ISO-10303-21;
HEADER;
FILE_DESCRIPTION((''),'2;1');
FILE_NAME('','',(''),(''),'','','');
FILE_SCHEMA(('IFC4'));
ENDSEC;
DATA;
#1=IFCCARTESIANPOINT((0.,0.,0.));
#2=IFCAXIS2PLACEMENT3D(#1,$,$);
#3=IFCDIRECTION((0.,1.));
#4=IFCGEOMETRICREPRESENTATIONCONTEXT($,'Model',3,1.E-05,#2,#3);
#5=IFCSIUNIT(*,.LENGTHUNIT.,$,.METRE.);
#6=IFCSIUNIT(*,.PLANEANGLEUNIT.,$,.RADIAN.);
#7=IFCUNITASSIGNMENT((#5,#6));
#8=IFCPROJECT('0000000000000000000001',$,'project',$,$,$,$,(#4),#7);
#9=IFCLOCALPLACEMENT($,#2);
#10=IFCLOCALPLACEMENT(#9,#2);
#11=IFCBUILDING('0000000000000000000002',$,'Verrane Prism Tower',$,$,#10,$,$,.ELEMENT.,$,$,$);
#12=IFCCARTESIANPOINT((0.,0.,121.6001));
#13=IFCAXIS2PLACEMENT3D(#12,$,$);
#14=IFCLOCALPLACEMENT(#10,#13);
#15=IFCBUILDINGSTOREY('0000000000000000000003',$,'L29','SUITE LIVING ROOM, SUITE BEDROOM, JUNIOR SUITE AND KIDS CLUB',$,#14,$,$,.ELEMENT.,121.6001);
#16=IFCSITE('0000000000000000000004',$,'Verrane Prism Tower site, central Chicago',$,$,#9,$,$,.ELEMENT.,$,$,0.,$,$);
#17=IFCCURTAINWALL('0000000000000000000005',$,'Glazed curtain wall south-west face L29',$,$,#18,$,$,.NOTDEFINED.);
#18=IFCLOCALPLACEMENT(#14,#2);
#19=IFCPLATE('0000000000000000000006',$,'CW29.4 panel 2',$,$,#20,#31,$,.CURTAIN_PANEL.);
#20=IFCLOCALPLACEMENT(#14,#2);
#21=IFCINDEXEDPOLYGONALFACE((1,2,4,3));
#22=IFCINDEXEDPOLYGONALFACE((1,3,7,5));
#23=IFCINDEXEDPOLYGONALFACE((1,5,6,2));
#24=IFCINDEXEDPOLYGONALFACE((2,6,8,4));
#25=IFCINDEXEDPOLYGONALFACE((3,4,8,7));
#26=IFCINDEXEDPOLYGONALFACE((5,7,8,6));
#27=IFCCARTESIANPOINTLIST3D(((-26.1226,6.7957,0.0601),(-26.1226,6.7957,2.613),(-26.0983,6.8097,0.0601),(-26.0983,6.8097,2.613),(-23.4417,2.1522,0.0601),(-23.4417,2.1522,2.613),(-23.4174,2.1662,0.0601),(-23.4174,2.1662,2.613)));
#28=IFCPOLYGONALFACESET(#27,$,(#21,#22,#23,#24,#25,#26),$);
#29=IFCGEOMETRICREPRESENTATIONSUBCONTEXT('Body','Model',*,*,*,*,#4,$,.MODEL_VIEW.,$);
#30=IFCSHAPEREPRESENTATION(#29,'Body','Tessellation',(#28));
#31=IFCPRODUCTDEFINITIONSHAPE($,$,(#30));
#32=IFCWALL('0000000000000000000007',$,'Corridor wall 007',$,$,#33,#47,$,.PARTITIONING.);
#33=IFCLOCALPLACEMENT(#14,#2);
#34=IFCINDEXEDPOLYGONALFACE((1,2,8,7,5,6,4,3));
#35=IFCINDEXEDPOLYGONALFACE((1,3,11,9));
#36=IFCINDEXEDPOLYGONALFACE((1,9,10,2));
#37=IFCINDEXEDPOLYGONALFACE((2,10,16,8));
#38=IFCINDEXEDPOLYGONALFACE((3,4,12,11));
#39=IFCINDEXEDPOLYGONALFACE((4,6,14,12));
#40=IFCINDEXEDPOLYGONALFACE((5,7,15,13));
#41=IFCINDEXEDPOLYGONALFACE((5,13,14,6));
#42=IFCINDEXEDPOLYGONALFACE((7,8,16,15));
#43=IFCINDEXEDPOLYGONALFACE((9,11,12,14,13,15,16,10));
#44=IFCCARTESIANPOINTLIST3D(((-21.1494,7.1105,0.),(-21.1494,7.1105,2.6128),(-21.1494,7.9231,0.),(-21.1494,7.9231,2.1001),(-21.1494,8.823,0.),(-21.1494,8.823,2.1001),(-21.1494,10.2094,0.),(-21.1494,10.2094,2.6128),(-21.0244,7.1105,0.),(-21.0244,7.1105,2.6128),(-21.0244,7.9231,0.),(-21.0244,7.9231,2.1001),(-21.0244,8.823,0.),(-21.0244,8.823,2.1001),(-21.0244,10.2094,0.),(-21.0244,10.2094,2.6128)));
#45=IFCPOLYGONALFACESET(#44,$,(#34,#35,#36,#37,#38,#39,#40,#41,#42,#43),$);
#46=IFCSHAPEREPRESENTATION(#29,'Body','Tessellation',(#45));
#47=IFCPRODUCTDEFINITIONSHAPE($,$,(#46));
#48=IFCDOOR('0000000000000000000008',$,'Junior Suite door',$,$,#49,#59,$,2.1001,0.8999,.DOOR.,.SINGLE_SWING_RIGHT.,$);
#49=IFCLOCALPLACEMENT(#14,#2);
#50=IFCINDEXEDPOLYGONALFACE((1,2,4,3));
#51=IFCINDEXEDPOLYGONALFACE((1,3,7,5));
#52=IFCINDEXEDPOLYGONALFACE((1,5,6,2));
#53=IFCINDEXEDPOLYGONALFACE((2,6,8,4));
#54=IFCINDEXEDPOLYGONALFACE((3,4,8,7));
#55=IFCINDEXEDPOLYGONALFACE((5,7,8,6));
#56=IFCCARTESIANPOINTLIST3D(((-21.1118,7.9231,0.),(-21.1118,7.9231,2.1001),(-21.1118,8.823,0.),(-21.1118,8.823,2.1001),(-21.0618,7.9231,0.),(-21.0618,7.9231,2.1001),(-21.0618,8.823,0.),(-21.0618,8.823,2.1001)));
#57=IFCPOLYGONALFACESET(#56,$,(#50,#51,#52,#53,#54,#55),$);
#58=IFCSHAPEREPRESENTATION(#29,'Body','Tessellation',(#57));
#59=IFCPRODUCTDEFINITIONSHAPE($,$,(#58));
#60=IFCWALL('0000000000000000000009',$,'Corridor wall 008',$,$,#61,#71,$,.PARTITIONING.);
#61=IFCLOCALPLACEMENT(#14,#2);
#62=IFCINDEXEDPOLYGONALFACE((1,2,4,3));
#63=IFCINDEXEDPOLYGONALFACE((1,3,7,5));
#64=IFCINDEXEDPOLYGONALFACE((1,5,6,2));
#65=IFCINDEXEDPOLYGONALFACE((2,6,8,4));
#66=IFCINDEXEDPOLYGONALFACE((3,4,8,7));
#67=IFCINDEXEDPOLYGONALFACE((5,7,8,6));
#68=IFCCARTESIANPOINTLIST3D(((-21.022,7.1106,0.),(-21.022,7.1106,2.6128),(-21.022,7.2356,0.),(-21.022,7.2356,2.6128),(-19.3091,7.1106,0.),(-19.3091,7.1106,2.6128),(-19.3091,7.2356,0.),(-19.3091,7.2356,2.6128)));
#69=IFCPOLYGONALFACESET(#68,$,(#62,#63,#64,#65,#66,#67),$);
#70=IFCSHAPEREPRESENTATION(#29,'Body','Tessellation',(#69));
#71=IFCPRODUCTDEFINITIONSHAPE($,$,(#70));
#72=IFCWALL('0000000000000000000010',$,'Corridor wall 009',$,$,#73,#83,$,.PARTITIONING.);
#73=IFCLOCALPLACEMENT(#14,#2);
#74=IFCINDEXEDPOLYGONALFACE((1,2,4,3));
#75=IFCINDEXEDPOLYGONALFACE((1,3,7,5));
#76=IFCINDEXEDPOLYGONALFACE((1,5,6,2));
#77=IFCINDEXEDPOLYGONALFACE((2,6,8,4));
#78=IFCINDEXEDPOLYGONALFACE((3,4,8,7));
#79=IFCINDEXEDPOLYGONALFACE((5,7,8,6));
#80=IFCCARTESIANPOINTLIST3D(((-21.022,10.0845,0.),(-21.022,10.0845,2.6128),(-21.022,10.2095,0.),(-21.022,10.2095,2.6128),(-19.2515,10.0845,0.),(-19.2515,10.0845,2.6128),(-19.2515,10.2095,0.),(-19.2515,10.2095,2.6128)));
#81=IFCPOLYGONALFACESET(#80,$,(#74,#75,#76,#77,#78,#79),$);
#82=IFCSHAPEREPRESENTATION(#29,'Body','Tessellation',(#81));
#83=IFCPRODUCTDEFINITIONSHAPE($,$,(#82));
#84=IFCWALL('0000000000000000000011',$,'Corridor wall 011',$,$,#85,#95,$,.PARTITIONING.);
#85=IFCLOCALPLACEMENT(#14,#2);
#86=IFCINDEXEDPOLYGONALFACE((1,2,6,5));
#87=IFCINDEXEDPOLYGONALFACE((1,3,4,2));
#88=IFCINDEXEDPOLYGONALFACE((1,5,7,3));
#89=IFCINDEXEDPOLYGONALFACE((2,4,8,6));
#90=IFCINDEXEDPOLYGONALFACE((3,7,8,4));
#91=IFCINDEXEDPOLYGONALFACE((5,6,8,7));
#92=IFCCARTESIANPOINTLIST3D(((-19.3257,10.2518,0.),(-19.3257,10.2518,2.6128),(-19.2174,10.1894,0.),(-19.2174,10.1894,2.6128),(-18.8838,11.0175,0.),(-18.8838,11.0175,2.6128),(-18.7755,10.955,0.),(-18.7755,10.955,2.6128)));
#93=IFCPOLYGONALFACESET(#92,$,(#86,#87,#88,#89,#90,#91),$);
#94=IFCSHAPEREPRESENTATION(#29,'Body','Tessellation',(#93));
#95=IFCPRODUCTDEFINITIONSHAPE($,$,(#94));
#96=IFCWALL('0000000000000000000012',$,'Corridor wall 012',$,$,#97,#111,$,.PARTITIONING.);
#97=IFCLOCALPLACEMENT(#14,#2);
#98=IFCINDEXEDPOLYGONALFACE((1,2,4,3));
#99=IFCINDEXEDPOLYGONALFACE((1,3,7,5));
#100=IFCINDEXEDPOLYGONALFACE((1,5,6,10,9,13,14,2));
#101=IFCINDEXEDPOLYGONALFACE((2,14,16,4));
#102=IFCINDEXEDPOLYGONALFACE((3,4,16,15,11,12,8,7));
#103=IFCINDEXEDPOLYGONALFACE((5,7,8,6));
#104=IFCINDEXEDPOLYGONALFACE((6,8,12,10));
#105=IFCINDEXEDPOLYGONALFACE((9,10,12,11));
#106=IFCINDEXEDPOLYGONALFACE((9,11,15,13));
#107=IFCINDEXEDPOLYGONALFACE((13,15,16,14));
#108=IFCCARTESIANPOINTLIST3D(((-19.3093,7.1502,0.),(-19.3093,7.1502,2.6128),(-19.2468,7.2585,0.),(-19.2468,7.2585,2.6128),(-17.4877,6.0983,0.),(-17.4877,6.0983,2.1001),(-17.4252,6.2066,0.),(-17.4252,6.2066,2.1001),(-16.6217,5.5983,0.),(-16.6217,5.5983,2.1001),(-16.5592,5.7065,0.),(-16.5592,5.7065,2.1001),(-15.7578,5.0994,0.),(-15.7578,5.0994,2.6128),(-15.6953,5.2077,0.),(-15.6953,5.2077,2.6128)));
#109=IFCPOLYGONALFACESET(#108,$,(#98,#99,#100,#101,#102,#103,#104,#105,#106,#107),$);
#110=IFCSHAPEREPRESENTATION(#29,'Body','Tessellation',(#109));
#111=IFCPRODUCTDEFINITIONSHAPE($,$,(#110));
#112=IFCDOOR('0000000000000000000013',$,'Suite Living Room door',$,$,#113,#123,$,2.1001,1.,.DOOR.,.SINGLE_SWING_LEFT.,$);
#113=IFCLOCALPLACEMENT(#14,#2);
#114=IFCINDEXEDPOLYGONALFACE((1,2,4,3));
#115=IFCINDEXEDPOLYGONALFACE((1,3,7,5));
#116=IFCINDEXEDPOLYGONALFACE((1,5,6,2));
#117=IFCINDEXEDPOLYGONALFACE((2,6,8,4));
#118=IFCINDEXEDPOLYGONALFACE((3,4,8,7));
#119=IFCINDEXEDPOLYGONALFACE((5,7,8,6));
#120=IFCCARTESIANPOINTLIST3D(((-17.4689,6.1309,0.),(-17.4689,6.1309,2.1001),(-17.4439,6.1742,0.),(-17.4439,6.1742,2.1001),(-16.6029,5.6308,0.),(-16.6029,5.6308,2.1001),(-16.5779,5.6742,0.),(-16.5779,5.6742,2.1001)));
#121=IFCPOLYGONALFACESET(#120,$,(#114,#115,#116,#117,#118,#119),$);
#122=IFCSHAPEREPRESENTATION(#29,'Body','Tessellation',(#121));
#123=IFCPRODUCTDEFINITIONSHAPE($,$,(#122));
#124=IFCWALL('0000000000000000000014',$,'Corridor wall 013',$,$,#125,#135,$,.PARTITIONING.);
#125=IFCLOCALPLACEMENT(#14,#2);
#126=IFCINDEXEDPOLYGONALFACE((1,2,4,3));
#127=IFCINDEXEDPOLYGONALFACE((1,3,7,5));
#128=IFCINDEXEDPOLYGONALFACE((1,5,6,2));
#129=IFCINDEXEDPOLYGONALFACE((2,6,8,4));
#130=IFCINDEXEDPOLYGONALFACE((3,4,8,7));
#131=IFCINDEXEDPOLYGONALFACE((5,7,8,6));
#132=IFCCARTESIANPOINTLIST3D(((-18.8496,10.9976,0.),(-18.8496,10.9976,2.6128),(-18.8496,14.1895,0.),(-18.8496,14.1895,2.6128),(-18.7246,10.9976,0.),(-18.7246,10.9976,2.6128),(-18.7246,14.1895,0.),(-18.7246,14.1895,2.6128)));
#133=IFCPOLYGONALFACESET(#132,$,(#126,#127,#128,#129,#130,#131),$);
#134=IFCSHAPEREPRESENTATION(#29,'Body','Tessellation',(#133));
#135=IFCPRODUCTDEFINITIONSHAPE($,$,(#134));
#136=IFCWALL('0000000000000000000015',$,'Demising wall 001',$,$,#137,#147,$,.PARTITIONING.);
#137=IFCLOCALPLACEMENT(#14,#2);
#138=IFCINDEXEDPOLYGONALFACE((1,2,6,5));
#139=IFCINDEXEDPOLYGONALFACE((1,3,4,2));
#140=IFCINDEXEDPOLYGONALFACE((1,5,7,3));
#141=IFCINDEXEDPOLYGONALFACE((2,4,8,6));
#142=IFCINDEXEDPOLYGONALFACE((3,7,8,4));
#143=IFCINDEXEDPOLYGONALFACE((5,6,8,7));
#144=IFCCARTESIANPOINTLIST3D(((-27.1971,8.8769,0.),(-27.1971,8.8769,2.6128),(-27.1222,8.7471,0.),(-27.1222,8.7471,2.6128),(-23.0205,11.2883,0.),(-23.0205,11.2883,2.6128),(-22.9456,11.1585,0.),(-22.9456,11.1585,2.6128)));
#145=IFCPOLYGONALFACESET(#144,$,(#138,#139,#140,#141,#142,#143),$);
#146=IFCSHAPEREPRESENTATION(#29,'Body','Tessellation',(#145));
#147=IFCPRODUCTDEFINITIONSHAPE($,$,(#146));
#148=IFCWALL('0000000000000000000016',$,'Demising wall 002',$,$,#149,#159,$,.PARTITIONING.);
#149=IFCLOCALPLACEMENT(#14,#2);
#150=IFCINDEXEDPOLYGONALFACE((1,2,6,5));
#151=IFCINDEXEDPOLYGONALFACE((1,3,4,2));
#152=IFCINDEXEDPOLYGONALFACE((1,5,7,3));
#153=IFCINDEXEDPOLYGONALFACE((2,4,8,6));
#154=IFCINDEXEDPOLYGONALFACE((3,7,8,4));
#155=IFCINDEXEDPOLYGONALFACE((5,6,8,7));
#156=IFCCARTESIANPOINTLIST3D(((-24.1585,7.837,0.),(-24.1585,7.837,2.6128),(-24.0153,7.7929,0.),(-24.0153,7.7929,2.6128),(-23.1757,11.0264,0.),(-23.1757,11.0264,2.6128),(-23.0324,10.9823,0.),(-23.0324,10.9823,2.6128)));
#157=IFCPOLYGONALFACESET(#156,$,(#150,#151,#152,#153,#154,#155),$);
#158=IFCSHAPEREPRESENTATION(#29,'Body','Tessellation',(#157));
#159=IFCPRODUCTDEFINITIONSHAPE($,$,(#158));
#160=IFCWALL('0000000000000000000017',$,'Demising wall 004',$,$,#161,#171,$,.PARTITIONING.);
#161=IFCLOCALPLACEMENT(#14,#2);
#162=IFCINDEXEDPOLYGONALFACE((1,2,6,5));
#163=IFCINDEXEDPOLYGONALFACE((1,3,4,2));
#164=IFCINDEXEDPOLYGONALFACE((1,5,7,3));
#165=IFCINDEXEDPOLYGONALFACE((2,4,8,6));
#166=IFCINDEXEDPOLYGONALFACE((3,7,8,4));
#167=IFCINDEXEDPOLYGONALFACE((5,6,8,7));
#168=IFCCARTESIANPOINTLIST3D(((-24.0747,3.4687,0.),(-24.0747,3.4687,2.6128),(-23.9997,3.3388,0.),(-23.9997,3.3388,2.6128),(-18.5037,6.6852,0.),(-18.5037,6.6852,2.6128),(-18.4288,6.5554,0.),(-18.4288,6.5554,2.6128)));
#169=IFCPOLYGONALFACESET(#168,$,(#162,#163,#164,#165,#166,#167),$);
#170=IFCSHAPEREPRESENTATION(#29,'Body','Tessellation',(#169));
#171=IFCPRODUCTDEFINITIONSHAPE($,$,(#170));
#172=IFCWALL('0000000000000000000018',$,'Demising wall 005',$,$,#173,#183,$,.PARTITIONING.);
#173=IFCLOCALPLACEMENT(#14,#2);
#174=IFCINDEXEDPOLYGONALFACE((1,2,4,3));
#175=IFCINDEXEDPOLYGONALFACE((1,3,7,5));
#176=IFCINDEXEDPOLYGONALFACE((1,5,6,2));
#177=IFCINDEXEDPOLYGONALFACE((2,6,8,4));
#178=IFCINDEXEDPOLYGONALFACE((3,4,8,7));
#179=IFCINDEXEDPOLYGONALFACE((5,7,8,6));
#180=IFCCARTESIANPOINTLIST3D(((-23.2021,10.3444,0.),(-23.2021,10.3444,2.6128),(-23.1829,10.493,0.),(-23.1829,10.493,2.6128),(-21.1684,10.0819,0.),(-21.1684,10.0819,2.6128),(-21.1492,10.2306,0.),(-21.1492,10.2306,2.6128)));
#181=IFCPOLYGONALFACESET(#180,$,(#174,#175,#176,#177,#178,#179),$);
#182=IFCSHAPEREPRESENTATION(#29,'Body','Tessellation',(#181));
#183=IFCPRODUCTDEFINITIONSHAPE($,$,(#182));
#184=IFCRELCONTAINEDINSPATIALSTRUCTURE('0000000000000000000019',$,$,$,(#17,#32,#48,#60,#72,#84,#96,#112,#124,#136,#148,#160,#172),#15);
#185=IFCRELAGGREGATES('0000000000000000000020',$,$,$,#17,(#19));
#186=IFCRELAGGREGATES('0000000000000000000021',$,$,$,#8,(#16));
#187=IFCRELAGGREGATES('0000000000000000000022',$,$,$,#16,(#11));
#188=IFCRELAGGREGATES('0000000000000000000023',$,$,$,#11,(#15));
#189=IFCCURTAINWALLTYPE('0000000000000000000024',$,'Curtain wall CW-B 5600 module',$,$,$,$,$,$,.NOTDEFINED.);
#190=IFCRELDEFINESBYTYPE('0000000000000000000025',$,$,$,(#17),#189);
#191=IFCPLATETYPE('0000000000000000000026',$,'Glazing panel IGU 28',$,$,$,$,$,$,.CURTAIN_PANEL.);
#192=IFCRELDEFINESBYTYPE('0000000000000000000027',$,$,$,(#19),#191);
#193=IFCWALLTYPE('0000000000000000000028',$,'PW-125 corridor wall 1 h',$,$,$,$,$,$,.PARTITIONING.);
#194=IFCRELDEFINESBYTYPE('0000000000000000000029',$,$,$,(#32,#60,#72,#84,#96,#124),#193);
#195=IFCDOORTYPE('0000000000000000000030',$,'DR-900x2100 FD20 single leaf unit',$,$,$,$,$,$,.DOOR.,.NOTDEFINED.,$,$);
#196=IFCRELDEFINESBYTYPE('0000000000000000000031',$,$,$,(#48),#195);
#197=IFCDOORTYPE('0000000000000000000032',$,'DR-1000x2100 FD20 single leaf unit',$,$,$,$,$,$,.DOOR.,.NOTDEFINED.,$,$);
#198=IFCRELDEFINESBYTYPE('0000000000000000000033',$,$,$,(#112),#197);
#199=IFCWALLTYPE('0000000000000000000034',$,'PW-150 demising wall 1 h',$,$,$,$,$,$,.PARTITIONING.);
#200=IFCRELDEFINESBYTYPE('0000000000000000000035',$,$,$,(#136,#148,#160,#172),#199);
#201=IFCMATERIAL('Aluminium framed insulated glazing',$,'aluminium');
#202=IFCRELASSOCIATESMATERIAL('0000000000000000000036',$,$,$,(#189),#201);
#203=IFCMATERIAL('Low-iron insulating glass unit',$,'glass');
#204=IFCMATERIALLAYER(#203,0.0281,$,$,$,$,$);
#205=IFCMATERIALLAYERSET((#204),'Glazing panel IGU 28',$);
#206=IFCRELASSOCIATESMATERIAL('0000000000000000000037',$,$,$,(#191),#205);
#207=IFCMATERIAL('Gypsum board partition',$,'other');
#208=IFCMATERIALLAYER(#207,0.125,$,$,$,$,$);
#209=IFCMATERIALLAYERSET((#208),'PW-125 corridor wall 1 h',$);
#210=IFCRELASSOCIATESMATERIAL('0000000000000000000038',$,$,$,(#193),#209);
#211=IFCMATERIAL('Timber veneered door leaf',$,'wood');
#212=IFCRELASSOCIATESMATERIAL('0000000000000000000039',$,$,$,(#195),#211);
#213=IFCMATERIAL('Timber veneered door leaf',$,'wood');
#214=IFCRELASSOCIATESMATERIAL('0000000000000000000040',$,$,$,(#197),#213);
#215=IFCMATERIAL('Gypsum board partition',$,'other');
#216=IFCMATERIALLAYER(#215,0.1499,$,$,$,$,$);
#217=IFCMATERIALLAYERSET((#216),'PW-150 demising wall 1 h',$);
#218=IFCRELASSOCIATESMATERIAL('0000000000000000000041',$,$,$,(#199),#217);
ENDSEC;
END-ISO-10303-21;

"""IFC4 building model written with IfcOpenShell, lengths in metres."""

from ifc_helpers import new_model, si_unit, direction, frame, frame_2d, origin, origin_2d, place, context, subcontext, project, spatial, rectangle, extrude, material, layer, layer_set, type_object, element, fill, aggregate, save


model = new_model("IFC4")

# Units and contexts
model_context = context("Model", 3, precision=1e-05, world=origin(), true_north=direction((0.0, 1.0)))
body_context = subcontext(model_context, "Body", "Model", "MODEL_VIEW")
ifc_project = project(units=[si_unit("LENGTHUNIT", "METRE"), si_unit("PLANEANGLEUNIT", "RADIAN")], contexts=[model_context])

# Site, building, storey
site_placement = place(None, origin())
site = spatial("IfcSite", under=ifc_project, at=site_placement, Name="Verrane Prism Tower site, central Chicago", CompositionType="ELEMENT", RefElevation=0.0)
building_placement = place(site_placement, origin())
building = spatial("IfcBuilding", under=site, at=building_placement, Name="Verrane Prism Tower", CompositionType="ELEMENT")
storey_placement = place(building_placement, frame((0.0, 0.0, 121.6001)))
storey = spatial("IfcBuildingStorey", under=building, at=storey_placement, Name="L29", Description="SUITE LIVING ROOM, SUITE BEDROOM, JUNIOR SUITE AND KIDS CLUB", CompositionType="ELEMENT", Elevation=121.6001)

# Curtain wall
ifc_material_1 = material(Name="Aluminium framed insulated glazing", Category="aluminium")
curtain_wall_type = type_object("IfcCurtainWallType", Name="Curtain wall CW-B 5600 module", PredefinedType="NOTDEFINED", material=ifc_material_1)
curtain_wall_placement = place(storey_placement, origin())
curtain_wall = element("IfcCurtainWall", 1, at=curtain_wall_placement, inside=storey, type_object=curtain_wall_type, Name="Glazed curtain wall south-west face L29", PredefinedType="NOTDEFINED")

# Plate
ifc_material_2 = material(Name="Low-iron insulating glass unit", Category="glass")
ifc_layer_1 = layer(ifc_material_2, 0.0281)
ifc_layer_set_1 = layer_set([ifc_layer_1], Name="Glazing panel IGU 28")
plate_type = type_object("IfcPlateType", Name="Glazing panel IGU 28", PredefinedType="CURTAIN_PANEL", material=ifc_layer_set_1)
plate_1_placement = place(storey_placement, frame((-24.77, 4.481, 0.0601), z_axis=(0.0, 0.0, 1.0), x_axis=(0.5, -0.866025, 0.0)))
plate_1 = element("IfcPlate", 2, at=plate_1_placement, type_object=plate_type, Name="CW29.4 panel 2", PredefinedType="CURTAIN_PANEL", context=body_context, shape_type="SweptSolid", body=[
    extrude(rectangle(XDim=5.3618, YDim=0.0281, at=origin_2d()), origin(), (0.0, 0.0, 1.0), 2.553),
])
aggregate(curtain_wall, [plate_1])

# Wall, opening, door
ifc_material_3 = material(Name="Gypsum board partition", Category="other")
ifc_layer_2 = layer(ifc_material_3, 0.125)
ifc_layer_set_2 = layer_set([ifc_layer_2], Name="PW-125 corridor wall 1 h")
wall_type_1 = type_object("IfcWallType", Name="PW-125 corridor wall 1 h", PredefinedType="PARTITIONING", material=ifc_layer_set_2)
wall_1_placement = place(storey_placement, frame((-21.0869, 7.1106, 0.0), z_axis=(0.0, 0.0, 1.0), x_axis=(0.0, 1.0, 0.0)))
wall_1 = element("IfcWall", 3, at=wall_1_placement, inside=storey, type_object=wall_type_1, Name="Corridor wall 007", PredefinedType="PARTITIONING", context=body_context, shape_type="SweptSolid", body=[
    extrude(rectangle(XDim=3.0989, YDim=0.125, at=frame_2d((1.5493, 0.0))), origin(), (0.0, 0.0, 1.0), 2.6128),
])
opening_1_placement = place(wall_1_placement, frame((0.8125, 0.0, 0.0)))
opening_1 = element("IfcOpeningElement", 4, at=opening_1_placement, cuts=wall_1, PredefinedType="OPENING", context=body_context, shape_type="SweptSolid", body=[
    extrude(rectangle(XDim=0.8999, YDim=2.1001, at=frame_2d((0.45, 1.05))), frame((0.0, 0.0725, 0.0), z_axis=(0.0, -1.0, 0.0), x_axis=(1.0, 0.0, 0.0)), (0.0, 0.0, 1.0), 0.145),
])
ifc_material_4 = material(Name="Timber veneered door leaf", Category="wood")
door_type_1 = type_object("IfcDoorType", Name="DR-900x2100 FD20 single leaf unit", OperationType="NOTDEFINED", PredefinedType="DOOR", material=ifc_material_4)
door_1_placement = place(opening_1_placement, origin())
door_1 = element("IfcDoor", 5, at=door_1_placement, inside=storey, type_object=door_type_1, Name="Junior Suite door", OperationType="SINGLE_SWING_RIGHT", OverallHeight=2.1001, OverallWidth=0.8999, PredefinedType="DOOR", context=body_context, shape_type="SweptSolid", body=[
    extrude(rectangle(XDim=0.8999, YDim=2.1001, at=frame_2d((0.45, 1.05))), frame((0.0, 0.0249, 0.0), z_axis=(0.0, -1.0, 0.0), x_axis=(1.0, 0.0, 0.0)), (0.0, 0.0, 1.0), 0.05),
])
fill(opening_1, door_1)

# Walls
wall_2_placement = place(storey_placement, frame((-21.022, 7.1731, 0.0), z_axis=(0.0, 0.0, 1.0), x_axis=(1.0, 0.0, 0.0)))
element("IfcWall", 6, at=wall_2_placement, inside=storey, type_object=wall_type_1, Name="Corridor wall 008", PredefinedType="PARTITIONING", context=body_context, shape_type="SweptSolid", body=[
    extrude(rectangle(XDim=1.7129, YDim=0.125, at=frame_2d((0.8564, 0.0))), origin(), (0.0, 0.0, 1.0), 2.6128),
])
wall_3_placement = place(storey_placement, frame((-21.022, 10.147, 0.0), z_axis=(0.0, 0.0, 1.0), x_axis=(1.0, 0.0, 0.0)))
element("IfcWall", 7, at=wall_3_placement, inside=storey, type_object=wall_type_1, Name="Corridor wall 009", PredefinedType="PARTITIONING", context=body_context, shape_type="SweptSolid", body=[
    extrude(rectangle(XDim=1.7705, YDim=0.125, at=frame_2d((0.8853, 0.0))), origin(), (0.0, 0.0, 1.0), 2.6128),
])
wall_4_placement = place(storey_placement, frame((-19.2715, 10.2207, 0.0), z_axis=(0.0, 0.0, 1.0), x_axis=(0.499882, 0.866094, 0.0)))
element("IfcWall", 8, at=wall_4_placement, inside=storey, type_object=wall_type_1, Name="Corridor wall 011", PredefinedType="PARTITIONING", context=body_context, shape_type="SweptSolid", body=[
    extrude(rectangle(XDim=0.884, YDim=0.125, at=frame_2d((0.4419, 0.0))), origin(), (0.0, 0.0, 1.0), 2.6128),
])

# Wall, opening, door
wall_5_placement = place(storey_placement, frame((-15.7266, 5.1536, 0.0), z_axis=(0.0, 0.0, 1.0), x_axis=(-0.865992, 0.500057, 0.0)))
wall_5 = element("IfcWall", 9, at=wall_5_placement, inside=storey, type_object=wall_type_1, Name="Corridor wall 012", PredefinedType="PARTITIONING", context=body_context, shape_type="SweptSolid", body=[
    extrude(rectangle(XDim=4.1011, YDim=0.125, at=frame_2d((2.0505, 0.0))), origin(), (0.0, 0.0, 1.0), 2.6128),
])
opening_2_placement = place(wall_5_placement, frame((0.9976, 0.0, 0.0)))
opening_2 = element("IfcOpeningElement", 10, at=opening_2_placement, cuts=wall_5, PredefinedType="OPENING", context=body_context, shape_type="SweptSolid", body=[
    extrude(rectangle(XDim=1.0, YDim=2.1001, at=frame_2d((0.5, 1.05))), frame((0.0, 0.0725, 0.0), z_axis=(0.0, -1.0, 0.0), x_axis=(1.0, 0.0, 0.0)), (0.0, 0.0, 1.0), 0.145),
])
ifc_material_5 = material(Name="Timber veneered door leaf", Category="wood")
door_type_2 = type_object("IfcDoorType", Name="DR-1000x2100 FD20 single leaf unit", OperationType="NOTDEFINED", PredefinedType="DOOR", material=ifc_material_5)
door_2_placement = place(opening_2_placement, origin())
door_2 = element("IfcDoor", 11, at=door_2_placement, inside=storey, type_object=door_type_2, Name="Suite Living Room door", OperationType="SINGLE_SWING_LEFT", OverallHeight=2.1001, OverallWidth=1.0, PredefinedType="DOOR", context=body_context, shape_type="SweptSolid", body=[
    extrude(rectangle(XDim=1.0, YDim=2.1001, at=frame_2d((0.5, 1.05))), frame((0.0, 0.0249, 0.0), z_axis=(0.0, -1.0, 0.0), x_axis=(1.0, 0.0, 0.0)), (0.0, 0.0, 1.0), 0.05),
])
fill(opening_2, door_2)

# Walls
wall_6_placement = place(storey_placement, frame((-18.7871, 10.9976, 0.0), z_axis=(0.0, 0.0, 1.0), x_axis=(0.0, 1.0, 0.0)))
element("IfcWall", 12, at=wall_6_placement, inside=storey, type_object=wall_type_1, Name="Corridor wall 013", PredefinedType="PARTITIONING", context=body_context, shape_type="SweptSolid", body=[
    extrude(rectangle(XDim=3.1919, YDim=0.125, at=frame_2d((1.5959, 0.0))), origin(), (0.0, 0.0, 1.0), 2.6128),
])
ifc_material_6 = material(Name="Gypsum board partition", Category="other")
ifc_layer_3 = layer(ifc_material_6, 0.1499)
ifc_layer_set_3 = layer_set([ifc_layer_3], Name="PW-150 demising wall 1 h")
wall_type_2 = type_object("IfcWallType", Name="PW-150 demising wall 1 h", PredefinedType="PARTITIONING", material=ifc_layer_set_3)
wall_7_placement = place(storey_placement, frame((-27.1597, 8.812, 0.0), z_axis=(0.0, 0.0, 1.0), x_axis=(0.86602, 0.50001, 0.0)))
element("IfcWall", 13, at=wall_7_placement, inside=storey, type_object=wall_type_2, Name="Demising wall 001", PredefinedType="PARTITIONING", context=body_context, shape_type="SweptSolid", body=[
    extrude(rectangle(XDim=4.8228, YDim=0.1499, at=frame_2d((2.4114, 0.0))), origin(), (0.0, 0.0, 1.0), 2.6128),
])
wall_8_placement = place(storey_placement, frame((-24.0869, 7.8149, 0.0), z_axis=(0.0, 0.0, 1.0), x_axis=(0.294507, 0.955649, 0.0)))
element("IfcWall", 14, at=wall_8_placement, inside=storey, type_object=wall_type_2, Name="Demising wall 002", PredefinedType="PARTITIONING", context=body_context, shape_type="SweptSolid", body=[
    extrude(rectangle(XDim=3.3374, YDim=0.1499, at=frame_2d((1.6687, 0.0))), origin(), (0.0, 0.0, 1.0), 2.6128),
])
wall_9_placement = place(storey_placement, frame((-24.0371, 3.4038, 0.0), z_axis=(0.0, 0.0, 1.0), x_axis=(0.866018, 0.500013, 0.0)))
element("IfcWall", 15, at=wall_9_placement, inside=storey, type_object=wall_type_2, Name="Demising wall 004", PredefinedType="PARTITIONING", context=body_context, shape_type="SweptSolid", body=[
    extrude(rectangle(XDim=6.4329, YDim=0.1499, at=frame_2d((3.2163, 0.0))), origin(), (0.0, 0.0, 1.0), 2.6128),
])
wall_10_placement = place(storey_placement, frame((-23.1926, 10.4187, 0.0), z_axis=(0.0, 0.0, 1.0), x_axis=(0.991775, -0.12799, 0.0)))
element("IfcWall", 16, at=wall_10_placement, inside=storey, type_object=wall_type_2, Name="Demising wall 005", PredefinedType="PARTITIONING", context=body_context, shape_type="SweptSolid", body=[
    extrude(rectangle(XDim=2.0505, YDim=0.1499, at=frame_2d((1.0254, 0.0))), origin(), (0.0, 0.0, 1.0), 2.6128),
])

save(model, "model.ifc")
